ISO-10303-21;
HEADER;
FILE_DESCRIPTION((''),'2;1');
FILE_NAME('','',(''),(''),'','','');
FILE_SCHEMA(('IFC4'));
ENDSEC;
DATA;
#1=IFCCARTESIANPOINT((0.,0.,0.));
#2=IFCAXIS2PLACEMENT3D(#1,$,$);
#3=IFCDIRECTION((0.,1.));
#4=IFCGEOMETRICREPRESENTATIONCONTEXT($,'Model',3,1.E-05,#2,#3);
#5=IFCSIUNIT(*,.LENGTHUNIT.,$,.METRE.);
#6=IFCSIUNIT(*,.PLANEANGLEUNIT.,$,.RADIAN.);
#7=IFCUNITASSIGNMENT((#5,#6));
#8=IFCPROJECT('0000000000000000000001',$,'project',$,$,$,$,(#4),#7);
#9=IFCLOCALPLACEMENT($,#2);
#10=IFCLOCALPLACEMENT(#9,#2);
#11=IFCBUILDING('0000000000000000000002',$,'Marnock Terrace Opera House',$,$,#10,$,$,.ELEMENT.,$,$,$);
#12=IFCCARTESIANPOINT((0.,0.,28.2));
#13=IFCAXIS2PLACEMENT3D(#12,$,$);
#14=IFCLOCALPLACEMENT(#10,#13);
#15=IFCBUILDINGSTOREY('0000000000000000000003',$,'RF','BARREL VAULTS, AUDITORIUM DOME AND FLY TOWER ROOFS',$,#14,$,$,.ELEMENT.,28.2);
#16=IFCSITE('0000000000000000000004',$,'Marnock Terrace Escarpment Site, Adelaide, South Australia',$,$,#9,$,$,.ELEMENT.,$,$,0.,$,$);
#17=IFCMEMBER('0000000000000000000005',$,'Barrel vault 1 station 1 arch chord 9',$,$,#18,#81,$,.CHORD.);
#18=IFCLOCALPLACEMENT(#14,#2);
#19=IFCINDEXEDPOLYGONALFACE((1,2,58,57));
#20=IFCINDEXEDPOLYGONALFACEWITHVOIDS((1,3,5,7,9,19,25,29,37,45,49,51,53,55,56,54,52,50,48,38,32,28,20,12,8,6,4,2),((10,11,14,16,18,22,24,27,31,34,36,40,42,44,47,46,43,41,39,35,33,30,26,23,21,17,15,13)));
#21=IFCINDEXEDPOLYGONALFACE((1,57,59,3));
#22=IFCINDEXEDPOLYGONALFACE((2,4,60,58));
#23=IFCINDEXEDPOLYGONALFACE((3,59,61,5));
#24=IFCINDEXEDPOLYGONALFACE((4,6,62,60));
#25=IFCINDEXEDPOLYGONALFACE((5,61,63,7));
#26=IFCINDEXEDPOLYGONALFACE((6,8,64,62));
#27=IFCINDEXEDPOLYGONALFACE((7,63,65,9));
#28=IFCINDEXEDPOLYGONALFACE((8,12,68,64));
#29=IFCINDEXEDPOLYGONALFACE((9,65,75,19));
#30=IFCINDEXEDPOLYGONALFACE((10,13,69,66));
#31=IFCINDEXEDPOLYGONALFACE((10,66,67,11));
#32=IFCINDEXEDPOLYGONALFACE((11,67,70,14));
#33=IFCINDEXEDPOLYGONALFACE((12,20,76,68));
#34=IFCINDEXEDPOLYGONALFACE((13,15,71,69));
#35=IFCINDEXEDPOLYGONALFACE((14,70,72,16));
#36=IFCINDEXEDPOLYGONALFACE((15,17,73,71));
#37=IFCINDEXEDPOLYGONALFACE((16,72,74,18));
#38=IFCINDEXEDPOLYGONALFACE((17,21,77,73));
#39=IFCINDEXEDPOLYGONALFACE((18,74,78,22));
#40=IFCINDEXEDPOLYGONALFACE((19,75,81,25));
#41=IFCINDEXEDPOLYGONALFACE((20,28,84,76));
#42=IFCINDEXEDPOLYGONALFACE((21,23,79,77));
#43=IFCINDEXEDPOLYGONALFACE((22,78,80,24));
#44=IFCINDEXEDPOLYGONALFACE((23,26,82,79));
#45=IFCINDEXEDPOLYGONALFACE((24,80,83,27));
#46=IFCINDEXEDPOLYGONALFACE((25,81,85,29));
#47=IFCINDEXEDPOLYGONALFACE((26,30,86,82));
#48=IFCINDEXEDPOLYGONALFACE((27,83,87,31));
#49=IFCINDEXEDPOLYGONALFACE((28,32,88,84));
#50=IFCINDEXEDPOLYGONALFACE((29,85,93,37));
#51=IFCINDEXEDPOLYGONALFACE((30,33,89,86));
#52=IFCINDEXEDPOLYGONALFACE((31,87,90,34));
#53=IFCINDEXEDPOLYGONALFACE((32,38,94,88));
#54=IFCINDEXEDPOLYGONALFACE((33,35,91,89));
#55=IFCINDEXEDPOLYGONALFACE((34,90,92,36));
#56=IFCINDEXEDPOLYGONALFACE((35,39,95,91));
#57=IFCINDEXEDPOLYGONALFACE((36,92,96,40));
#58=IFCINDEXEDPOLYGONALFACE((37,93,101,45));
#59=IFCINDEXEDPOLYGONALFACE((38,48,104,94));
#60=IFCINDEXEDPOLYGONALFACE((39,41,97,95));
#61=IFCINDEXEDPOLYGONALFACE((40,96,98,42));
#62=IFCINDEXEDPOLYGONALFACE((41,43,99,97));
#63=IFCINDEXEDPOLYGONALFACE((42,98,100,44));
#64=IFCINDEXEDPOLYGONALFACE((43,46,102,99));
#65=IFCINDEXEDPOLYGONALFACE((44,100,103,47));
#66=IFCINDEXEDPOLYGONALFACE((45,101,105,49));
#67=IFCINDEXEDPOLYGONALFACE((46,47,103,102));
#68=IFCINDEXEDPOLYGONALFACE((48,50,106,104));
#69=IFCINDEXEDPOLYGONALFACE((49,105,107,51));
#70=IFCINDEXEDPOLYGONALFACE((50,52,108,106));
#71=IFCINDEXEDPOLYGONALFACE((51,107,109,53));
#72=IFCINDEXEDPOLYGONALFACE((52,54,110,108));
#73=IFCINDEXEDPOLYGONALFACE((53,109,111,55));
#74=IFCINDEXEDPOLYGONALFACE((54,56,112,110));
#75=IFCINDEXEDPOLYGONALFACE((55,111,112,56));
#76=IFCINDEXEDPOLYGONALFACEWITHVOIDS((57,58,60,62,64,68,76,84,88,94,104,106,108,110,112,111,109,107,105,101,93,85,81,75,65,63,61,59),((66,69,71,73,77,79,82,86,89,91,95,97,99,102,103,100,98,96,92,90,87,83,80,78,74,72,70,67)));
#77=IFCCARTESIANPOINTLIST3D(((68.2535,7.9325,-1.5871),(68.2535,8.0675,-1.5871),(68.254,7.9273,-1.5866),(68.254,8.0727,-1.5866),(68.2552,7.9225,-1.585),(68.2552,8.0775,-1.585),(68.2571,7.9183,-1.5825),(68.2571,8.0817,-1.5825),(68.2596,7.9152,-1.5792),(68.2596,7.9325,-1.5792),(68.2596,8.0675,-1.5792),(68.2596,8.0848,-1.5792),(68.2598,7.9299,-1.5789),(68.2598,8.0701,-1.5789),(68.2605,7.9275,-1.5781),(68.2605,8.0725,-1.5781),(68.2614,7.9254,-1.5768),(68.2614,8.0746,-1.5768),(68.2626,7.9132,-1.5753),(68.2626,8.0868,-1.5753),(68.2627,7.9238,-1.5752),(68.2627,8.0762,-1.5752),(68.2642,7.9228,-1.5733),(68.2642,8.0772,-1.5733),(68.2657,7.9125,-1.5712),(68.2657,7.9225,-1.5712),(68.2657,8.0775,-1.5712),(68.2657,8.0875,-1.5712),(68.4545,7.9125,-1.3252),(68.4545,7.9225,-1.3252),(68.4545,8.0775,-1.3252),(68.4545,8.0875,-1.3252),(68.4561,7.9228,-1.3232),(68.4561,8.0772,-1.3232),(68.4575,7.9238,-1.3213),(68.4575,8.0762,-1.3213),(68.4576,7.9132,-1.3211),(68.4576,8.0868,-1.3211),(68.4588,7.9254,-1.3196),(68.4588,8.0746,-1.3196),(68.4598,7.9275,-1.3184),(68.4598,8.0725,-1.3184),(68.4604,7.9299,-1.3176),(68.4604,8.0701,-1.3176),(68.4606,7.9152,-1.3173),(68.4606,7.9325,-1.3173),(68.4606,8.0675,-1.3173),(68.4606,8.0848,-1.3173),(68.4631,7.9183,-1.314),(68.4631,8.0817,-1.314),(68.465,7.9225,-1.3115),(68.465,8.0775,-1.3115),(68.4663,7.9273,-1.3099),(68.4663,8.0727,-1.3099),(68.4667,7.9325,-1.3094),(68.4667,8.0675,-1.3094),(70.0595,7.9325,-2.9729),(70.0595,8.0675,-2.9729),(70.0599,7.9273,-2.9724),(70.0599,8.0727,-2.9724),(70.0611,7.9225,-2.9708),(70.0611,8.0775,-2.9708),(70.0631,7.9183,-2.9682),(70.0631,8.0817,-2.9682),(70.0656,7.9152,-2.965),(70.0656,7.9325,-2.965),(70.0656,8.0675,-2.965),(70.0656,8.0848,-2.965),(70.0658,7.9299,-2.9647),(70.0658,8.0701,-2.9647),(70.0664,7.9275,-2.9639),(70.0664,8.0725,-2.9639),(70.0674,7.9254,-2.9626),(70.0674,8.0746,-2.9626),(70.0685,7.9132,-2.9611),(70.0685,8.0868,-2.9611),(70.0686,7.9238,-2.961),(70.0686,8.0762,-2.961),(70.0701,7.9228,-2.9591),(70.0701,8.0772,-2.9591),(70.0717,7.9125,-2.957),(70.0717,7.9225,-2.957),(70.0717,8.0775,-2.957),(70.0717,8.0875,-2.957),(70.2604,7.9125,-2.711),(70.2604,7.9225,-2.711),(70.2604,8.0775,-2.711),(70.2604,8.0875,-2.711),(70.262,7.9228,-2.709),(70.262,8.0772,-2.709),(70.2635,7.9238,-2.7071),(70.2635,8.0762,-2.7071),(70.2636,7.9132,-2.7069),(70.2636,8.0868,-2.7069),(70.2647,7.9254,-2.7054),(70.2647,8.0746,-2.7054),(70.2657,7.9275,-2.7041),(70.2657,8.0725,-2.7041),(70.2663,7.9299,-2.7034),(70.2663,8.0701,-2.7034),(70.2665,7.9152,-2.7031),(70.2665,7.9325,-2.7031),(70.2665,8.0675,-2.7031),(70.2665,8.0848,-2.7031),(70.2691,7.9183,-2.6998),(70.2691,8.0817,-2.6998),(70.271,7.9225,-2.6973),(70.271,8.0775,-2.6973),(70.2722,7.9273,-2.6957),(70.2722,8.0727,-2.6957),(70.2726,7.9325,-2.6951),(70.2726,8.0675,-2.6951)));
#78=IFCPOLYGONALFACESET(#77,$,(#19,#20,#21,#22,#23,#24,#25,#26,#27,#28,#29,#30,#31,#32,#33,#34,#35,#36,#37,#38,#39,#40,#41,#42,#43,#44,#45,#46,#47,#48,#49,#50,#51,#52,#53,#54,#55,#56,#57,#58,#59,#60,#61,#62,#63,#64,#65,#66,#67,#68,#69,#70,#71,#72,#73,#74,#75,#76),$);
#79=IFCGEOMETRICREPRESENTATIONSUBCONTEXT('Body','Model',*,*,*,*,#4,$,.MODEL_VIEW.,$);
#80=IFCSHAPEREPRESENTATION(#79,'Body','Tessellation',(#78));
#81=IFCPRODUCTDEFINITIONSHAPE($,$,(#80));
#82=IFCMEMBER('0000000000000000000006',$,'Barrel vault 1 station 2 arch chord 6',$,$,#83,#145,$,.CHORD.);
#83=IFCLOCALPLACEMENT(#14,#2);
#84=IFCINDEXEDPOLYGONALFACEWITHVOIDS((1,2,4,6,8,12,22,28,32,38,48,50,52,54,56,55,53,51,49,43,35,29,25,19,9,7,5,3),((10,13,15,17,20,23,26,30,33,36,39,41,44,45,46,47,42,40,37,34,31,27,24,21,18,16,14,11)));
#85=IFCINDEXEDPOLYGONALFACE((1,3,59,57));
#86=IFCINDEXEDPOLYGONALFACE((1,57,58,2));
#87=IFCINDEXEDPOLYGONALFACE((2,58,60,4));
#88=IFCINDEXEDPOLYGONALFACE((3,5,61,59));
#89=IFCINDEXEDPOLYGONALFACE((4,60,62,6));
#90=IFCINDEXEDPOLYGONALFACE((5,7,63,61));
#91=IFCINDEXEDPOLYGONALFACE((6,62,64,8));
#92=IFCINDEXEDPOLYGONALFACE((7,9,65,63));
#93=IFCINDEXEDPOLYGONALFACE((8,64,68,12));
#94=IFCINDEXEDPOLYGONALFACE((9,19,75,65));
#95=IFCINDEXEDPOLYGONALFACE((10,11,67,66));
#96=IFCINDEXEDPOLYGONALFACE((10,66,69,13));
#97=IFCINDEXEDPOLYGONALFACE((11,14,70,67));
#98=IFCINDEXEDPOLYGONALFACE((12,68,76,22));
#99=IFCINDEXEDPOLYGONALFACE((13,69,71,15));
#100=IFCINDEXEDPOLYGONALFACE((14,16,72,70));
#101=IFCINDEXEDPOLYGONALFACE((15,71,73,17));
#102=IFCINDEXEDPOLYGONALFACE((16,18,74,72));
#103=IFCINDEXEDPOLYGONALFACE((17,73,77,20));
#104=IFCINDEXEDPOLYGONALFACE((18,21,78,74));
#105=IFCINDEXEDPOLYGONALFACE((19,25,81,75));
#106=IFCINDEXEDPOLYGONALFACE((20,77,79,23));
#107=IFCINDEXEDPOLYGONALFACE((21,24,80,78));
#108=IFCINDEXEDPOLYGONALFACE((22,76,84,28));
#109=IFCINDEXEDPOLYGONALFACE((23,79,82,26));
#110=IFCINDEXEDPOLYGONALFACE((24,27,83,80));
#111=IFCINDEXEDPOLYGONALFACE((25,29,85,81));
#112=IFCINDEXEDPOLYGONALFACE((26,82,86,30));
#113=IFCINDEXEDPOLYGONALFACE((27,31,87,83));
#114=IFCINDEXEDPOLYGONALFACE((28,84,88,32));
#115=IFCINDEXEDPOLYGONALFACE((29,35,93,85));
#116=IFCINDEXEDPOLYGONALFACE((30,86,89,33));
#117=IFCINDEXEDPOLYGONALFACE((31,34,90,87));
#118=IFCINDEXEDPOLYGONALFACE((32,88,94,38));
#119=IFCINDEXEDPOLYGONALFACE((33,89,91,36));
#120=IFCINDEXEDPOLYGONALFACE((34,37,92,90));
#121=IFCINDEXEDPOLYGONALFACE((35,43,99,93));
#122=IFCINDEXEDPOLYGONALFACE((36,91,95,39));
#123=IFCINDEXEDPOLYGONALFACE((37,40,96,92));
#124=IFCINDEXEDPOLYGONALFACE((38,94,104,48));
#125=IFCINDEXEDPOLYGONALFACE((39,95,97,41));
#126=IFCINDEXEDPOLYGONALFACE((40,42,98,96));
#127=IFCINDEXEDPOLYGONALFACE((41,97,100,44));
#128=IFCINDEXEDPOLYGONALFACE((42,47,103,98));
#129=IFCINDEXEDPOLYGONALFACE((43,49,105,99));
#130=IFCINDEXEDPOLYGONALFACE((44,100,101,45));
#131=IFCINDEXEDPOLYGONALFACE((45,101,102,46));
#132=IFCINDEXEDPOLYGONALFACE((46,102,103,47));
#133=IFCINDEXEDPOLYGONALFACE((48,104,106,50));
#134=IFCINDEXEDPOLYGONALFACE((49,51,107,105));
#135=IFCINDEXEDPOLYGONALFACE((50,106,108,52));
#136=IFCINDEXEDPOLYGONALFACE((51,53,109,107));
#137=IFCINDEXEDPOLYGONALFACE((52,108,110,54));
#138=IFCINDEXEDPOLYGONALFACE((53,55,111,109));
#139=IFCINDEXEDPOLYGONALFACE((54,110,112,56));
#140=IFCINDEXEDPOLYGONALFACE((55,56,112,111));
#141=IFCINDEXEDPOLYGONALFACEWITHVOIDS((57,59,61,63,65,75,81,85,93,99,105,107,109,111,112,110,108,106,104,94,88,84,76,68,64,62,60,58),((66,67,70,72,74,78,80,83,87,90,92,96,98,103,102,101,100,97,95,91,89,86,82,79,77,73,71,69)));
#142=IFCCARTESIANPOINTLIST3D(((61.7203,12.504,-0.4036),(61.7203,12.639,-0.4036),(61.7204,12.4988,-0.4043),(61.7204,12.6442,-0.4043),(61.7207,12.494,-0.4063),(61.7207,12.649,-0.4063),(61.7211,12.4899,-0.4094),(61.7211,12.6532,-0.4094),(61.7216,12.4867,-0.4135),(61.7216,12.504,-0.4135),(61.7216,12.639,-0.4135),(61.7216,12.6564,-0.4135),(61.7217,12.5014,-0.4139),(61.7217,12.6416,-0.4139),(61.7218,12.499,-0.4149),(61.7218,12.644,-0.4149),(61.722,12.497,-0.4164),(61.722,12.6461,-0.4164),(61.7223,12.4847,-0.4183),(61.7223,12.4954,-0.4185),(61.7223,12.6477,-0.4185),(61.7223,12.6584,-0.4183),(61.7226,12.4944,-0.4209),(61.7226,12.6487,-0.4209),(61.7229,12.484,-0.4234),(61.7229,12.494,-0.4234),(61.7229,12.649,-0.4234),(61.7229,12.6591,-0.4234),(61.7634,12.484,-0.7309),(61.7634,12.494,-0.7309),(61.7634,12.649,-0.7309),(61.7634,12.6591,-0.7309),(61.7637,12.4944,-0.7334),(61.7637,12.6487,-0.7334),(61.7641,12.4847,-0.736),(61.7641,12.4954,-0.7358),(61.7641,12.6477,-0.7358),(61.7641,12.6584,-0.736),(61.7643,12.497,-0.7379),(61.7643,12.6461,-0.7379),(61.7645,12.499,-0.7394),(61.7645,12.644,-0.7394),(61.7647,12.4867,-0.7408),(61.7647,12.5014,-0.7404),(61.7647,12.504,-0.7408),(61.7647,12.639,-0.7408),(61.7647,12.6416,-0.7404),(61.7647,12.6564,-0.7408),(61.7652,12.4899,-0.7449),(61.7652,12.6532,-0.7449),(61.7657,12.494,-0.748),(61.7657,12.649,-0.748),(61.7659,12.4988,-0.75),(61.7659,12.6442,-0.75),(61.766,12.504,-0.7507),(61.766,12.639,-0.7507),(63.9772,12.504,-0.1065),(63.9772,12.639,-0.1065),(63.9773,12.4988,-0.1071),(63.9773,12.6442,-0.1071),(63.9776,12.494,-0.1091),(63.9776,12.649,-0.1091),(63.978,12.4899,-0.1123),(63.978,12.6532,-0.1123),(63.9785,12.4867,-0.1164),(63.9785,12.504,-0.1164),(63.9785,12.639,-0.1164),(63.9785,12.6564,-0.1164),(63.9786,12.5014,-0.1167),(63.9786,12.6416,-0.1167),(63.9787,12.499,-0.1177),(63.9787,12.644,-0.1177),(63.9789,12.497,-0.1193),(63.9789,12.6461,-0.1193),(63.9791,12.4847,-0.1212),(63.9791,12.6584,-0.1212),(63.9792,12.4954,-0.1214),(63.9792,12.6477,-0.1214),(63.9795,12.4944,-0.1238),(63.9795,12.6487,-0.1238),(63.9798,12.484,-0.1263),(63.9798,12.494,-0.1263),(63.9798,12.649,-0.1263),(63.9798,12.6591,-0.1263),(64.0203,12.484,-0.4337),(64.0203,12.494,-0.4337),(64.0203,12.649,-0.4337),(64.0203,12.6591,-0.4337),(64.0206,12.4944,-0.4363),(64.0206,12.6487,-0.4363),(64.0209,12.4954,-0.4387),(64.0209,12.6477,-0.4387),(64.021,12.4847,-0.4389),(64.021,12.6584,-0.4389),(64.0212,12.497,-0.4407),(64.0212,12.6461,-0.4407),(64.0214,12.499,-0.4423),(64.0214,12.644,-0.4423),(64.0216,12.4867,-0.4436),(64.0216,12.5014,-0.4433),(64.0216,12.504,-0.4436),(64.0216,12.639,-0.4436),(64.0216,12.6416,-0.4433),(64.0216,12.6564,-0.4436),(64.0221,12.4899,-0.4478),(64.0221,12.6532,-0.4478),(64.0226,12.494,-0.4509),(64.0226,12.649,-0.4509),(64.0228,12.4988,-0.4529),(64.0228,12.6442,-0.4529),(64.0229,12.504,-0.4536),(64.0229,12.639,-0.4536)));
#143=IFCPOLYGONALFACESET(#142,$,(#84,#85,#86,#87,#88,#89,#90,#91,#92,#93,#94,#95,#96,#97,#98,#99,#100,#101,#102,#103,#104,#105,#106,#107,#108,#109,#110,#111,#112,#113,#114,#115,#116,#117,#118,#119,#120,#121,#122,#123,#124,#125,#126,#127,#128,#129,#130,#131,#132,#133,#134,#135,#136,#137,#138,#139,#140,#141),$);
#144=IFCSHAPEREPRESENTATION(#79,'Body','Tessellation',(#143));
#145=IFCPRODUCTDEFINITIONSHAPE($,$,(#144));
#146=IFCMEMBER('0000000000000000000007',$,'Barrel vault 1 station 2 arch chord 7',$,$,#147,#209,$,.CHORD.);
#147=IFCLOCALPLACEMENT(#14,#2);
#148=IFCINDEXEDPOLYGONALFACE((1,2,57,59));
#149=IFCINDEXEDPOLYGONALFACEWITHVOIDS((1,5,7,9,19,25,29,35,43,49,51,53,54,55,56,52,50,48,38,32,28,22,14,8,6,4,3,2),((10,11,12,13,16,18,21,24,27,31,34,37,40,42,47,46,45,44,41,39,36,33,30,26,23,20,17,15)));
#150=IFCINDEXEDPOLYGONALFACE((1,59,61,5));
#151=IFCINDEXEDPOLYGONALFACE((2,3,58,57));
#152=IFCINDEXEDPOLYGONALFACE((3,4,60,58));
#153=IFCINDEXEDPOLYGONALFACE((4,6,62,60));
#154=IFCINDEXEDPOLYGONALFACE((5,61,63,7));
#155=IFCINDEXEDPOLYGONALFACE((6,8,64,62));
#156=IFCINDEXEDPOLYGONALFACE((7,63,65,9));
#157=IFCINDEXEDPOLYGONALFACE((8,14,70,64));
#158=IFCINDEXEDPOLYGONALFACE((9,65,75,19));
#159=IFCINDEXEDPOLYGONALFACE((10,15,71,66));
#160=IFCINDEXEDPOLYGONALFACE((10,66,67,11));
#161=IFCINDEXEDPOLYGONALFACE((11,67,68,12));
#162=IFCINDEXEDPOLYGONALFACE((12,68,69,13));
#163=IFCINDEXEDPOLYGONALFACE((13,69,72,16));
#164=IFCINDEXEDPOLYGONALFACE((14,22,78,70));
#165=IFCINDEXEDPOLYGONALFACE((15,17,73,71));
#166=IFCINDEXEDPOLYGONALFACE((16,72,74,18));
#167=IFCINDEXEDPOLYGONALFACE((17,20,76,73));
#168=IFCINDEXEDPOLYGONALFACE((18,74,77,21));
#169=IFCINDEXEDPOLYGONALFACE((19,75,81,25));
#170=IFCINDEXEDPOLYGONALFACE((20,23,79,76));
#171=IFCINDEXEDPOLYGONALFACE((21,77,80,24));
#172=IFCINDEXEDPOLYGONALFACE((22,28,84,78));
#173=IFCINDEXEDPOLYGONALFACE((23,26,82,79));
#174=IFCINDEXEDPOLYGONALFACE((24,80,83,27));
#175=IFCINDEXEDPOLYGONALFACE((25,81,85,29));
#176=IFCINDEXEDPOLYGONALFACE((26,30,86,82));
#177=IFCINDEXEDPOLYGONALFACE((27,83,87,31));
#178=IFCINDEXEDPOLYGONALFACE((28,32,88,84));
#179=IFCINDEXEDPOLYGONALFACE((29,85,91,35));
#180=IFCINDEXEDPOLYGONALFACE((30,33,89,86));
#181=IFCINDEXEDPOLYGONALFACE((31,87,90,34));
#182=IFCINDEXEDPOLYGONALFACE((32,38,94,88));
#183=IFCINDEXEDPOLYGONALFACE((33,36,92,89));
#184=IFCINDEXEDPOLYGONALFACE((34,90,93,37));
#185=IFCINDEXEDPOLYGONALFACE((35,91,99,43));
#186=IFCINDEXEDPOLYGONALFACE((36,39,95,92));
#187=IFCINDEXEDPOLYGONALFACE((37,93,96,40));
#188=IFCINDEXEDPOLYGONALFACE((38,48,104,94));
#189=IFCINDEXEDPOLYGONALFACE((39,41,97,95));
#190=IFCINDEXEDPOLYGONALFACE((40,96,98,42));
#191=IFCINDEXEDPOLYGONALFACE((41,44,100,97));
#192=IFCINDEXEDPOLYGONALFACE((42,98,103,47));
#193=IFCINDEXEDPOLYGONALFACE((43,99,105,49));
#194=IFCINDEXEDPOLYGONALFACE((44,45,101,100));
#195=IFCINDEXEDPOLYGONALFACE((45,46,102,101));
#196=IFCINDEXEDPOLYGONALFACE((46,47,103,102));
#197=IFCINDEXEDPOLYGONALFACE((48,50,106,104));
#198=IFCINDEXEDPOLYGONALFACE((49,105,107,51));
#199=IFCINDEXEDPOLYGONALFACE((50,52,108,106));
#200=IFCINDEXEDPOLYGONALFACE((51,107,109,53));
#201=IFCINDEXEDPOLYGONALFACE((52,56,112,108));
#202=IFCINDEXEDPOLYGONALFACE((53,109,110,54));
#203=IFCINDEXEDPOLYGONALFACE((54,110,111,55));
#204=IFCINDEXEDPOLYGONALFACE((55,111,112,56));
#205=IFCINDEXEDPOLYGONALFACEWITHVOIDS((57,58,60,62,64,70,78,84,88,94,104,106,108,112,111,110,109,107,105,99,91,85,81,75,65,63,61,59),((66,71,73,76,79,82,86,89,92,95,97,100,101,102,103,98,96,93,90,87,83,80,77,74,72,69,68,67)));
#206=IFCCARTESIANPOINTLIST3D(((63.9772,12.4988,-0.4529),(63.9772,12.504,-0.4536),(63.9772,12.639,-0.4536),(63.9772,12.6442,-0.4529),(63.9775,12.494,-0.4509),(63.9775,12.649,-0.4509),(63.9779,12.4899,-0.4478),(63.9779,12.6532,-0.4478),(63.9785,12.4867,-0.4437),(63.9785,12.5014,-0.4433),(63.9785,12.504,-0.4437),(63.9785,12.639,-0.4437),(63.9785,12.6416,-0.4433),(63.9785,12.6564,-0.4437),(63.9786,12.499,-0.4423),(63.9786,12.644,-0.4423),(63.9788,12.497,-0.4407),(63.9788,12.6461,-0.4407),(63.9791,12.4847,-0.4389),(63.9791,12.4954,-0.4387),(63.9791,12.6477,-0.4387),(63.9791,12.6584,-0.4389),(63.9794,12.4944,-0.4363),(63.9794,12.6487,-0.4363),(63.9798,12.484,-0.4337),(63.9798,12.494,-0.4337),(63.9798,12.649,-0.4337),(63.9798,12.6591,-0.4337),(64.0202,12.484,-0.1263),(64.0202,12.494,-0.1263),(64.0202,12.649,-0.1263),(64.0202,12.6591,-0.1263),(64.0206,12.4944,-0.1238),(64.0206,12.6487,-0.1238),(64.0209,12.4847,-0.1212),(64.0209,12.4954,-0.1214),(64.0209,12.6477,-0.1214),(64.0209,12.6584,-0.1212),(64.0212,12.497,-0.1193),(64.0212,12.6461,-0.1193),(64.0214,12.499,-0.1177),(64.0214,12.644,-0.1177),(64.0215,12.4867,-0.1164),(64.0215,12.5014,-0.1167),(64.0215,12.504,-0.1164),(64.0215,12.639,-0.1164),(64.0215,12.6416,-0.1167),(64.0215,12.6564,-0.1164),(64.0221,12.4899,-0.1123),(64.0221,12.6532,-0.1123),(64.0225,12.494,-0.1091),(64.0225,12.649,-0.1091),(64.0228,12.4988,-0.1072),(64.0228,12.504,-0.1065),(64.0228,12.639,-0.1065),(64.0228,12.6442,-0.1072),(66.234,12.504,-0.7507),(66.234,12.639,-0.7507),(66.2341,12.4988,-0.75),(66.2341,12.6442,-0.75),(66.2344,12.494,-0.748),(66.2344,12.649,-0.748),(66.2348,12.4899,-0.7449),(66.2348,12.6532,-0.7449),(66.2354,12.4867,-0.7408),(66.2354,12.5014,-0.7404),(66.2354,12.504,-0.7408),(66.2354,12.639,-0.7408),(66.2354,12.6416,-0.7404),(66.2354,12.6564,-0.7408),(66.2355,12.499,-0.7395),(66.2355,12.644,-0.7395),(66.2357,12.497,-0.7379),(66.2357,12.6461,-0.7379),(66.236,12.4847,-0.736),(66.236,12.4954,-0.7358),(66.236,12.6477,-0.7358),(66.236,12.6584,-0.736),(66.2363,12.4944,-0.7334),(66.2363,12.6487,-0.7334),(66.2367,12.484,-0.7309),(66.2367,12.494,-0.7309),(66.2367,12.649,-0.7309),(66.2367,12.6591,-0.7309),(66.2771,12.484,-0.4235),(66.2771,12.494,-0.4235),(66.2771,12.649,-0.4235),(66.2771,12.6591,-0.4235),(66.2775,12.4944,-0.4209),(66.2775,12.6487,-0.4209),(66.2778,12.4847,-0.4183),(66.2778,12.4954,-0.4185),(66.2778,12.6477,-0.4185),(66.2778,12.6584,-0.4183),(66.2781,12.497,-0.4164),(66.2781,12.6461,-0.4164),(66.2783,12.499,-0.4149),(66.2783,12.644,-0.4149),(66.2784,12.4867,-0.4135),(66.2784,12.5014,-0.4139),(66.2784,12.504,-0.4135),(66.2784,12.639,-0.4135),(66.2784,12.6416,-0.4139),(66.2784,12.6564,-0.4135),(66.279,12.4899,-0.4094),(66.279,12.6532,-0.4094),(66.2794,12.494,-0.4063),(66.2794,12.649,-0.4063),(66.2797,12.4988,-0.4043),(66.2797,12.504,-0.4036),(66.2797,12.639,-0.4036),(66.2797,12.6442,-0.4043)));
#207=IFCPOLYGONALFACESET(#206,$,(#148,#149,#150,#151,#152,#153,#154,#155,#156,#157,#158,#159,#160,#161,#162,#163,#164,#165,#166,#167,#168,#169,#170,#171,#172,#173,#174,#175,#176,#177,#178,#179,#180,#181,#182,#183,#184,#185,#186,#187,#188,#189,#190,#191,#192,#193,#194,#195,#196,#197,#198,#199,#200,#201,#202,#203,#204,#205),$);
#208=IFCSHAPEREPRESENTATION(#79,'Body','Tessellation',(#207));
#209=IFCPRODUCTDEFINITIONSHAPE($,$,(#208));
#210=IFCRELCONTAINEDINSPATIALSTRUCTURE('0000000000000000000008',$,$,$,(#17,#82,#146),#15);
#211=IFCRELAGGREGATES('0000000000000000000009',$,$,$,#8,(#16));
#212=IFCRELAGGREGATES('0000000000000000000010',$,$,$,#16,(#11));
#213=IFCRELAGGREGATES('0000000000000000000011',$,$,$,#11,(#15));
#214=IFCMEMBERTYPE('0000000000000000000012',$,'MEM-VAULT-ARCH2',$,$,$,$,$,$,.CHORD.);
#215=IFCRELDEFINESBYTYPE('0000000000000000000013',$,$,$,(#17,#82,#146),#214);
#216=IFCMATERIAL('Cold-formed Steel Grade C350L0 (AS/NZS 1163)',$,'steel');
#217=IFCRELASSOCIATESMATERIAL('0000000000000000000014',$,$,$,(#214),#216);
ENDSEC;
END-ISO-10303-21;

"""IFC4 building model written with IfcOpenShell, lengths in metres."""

from ifc_helpers import new_model, si_unit, direction, frame, origin, origin_2d, place, context, subcontext, project, spatial, hollow_rectangle, extrude, material, material_profile, profile_set, type_object, element, save


model = new_model("IFC4")

# Units and contexts
model_context = context("Model", 3, precision=1e-05, world=origin(), true_north=direction((0.0, 1.0)))
body_context = subcontext(model_context, "Body", "Model", "MODEL_VIEW")
ifc_project = project(units=[si_unit("LENGTHUNIT", "METRE"), si_unit("PLANEANGLEUNIT", "RADIAN")], contexts=[model_context])

# Site, building, storey
site_placement = place(None, origin())
site = spatial("IfcSite", under=ifc_project, at=site_placement, Name="Marnock Terrace Escarpment Site, Adelaide, South Australia", CompositionType="ELEMENT", RefElevation=0.0)
building_placement = place(site_placement, origin())
building = spatial("IfcBuilding", under=site, at=building_placement, Name="Marnock Terrace Opera House", CompositionType="ELEMENT")
storey_placement = place(building_placement, frame((0.0, 0.0, 28.2)))
storey = spatial("IfcBuildingStorey", under=building, at=storey_placement, Name="RF", Description="BARREL VAULTS, AUDITORIUM DOME AND FLY TOWER ROOFS", CompositionType="ELEMENT", Elevation=28.2)

# Members
ifc_material_1 = material(Name="Cold-formed Steel Grade C350L0 (AS/NZS 1163)", Category="steel")
ifc_material_profile_1 = material_profile(ifc_material_1, hollow_rectangle(XDim=0.175, YDim=0.3501, WallThickness=0.01, InnerFilletRadius=0.01, OuterFilletRadius=0.02, at=origin_2d()))
ifc_profile_set_1 = profile_set([ifc_material_profile_1], Name="Cold-formed Steel Grade C350L0 (AS/NZS 1163)")
member_type_1 = type_object("IfcMemberType", Name="MEM-VAULT-ARCH2", PredefinedType="CHORD", material=ifc_profile_set_1)
for number, where, z_axis, x_axis, name in (
    (1, (68.3601, 8.0, -1.4482), (0.793349, 0.0, -0.608767), (0.0, 1.0, 0.0), "Barrel vault 1 station 1 arch chord 9"),
    (2, (61.7432, 12.5715, -0.5771), (0.991445, 0.0, 0.130527), (0.0, 1.0, 0.0), "Barrel vault 1 station 2 arch chord 6"),
    (3, (64.0, 12.5715, -0.28), (0.991445, 0.0, -0.130527), (0.0, 1.0, 0.0), "Barrel vault 1 station 2 arch chord 7"),
):
    element("IfcMember", number, at=place(storey_placement, frame(where, z_axis=z_axis, x_axis=x_axis)), inside=storey, type_object=member_type_1, Name=name, PredefinedType="CHORD", context=body_context, shape_type="SweptSolid", body=[
        extrude(hollow_rectangle(XDim=0.175, YDim=0.3501, WallThickness=0.01, InnerFilletRadius=0.01, OuterFilletRadius=0.02, at=origin_2d()), origin(), (0.0, 0.0, 1.0), 2.2764),
    ])

save(model, "model.ifc")
